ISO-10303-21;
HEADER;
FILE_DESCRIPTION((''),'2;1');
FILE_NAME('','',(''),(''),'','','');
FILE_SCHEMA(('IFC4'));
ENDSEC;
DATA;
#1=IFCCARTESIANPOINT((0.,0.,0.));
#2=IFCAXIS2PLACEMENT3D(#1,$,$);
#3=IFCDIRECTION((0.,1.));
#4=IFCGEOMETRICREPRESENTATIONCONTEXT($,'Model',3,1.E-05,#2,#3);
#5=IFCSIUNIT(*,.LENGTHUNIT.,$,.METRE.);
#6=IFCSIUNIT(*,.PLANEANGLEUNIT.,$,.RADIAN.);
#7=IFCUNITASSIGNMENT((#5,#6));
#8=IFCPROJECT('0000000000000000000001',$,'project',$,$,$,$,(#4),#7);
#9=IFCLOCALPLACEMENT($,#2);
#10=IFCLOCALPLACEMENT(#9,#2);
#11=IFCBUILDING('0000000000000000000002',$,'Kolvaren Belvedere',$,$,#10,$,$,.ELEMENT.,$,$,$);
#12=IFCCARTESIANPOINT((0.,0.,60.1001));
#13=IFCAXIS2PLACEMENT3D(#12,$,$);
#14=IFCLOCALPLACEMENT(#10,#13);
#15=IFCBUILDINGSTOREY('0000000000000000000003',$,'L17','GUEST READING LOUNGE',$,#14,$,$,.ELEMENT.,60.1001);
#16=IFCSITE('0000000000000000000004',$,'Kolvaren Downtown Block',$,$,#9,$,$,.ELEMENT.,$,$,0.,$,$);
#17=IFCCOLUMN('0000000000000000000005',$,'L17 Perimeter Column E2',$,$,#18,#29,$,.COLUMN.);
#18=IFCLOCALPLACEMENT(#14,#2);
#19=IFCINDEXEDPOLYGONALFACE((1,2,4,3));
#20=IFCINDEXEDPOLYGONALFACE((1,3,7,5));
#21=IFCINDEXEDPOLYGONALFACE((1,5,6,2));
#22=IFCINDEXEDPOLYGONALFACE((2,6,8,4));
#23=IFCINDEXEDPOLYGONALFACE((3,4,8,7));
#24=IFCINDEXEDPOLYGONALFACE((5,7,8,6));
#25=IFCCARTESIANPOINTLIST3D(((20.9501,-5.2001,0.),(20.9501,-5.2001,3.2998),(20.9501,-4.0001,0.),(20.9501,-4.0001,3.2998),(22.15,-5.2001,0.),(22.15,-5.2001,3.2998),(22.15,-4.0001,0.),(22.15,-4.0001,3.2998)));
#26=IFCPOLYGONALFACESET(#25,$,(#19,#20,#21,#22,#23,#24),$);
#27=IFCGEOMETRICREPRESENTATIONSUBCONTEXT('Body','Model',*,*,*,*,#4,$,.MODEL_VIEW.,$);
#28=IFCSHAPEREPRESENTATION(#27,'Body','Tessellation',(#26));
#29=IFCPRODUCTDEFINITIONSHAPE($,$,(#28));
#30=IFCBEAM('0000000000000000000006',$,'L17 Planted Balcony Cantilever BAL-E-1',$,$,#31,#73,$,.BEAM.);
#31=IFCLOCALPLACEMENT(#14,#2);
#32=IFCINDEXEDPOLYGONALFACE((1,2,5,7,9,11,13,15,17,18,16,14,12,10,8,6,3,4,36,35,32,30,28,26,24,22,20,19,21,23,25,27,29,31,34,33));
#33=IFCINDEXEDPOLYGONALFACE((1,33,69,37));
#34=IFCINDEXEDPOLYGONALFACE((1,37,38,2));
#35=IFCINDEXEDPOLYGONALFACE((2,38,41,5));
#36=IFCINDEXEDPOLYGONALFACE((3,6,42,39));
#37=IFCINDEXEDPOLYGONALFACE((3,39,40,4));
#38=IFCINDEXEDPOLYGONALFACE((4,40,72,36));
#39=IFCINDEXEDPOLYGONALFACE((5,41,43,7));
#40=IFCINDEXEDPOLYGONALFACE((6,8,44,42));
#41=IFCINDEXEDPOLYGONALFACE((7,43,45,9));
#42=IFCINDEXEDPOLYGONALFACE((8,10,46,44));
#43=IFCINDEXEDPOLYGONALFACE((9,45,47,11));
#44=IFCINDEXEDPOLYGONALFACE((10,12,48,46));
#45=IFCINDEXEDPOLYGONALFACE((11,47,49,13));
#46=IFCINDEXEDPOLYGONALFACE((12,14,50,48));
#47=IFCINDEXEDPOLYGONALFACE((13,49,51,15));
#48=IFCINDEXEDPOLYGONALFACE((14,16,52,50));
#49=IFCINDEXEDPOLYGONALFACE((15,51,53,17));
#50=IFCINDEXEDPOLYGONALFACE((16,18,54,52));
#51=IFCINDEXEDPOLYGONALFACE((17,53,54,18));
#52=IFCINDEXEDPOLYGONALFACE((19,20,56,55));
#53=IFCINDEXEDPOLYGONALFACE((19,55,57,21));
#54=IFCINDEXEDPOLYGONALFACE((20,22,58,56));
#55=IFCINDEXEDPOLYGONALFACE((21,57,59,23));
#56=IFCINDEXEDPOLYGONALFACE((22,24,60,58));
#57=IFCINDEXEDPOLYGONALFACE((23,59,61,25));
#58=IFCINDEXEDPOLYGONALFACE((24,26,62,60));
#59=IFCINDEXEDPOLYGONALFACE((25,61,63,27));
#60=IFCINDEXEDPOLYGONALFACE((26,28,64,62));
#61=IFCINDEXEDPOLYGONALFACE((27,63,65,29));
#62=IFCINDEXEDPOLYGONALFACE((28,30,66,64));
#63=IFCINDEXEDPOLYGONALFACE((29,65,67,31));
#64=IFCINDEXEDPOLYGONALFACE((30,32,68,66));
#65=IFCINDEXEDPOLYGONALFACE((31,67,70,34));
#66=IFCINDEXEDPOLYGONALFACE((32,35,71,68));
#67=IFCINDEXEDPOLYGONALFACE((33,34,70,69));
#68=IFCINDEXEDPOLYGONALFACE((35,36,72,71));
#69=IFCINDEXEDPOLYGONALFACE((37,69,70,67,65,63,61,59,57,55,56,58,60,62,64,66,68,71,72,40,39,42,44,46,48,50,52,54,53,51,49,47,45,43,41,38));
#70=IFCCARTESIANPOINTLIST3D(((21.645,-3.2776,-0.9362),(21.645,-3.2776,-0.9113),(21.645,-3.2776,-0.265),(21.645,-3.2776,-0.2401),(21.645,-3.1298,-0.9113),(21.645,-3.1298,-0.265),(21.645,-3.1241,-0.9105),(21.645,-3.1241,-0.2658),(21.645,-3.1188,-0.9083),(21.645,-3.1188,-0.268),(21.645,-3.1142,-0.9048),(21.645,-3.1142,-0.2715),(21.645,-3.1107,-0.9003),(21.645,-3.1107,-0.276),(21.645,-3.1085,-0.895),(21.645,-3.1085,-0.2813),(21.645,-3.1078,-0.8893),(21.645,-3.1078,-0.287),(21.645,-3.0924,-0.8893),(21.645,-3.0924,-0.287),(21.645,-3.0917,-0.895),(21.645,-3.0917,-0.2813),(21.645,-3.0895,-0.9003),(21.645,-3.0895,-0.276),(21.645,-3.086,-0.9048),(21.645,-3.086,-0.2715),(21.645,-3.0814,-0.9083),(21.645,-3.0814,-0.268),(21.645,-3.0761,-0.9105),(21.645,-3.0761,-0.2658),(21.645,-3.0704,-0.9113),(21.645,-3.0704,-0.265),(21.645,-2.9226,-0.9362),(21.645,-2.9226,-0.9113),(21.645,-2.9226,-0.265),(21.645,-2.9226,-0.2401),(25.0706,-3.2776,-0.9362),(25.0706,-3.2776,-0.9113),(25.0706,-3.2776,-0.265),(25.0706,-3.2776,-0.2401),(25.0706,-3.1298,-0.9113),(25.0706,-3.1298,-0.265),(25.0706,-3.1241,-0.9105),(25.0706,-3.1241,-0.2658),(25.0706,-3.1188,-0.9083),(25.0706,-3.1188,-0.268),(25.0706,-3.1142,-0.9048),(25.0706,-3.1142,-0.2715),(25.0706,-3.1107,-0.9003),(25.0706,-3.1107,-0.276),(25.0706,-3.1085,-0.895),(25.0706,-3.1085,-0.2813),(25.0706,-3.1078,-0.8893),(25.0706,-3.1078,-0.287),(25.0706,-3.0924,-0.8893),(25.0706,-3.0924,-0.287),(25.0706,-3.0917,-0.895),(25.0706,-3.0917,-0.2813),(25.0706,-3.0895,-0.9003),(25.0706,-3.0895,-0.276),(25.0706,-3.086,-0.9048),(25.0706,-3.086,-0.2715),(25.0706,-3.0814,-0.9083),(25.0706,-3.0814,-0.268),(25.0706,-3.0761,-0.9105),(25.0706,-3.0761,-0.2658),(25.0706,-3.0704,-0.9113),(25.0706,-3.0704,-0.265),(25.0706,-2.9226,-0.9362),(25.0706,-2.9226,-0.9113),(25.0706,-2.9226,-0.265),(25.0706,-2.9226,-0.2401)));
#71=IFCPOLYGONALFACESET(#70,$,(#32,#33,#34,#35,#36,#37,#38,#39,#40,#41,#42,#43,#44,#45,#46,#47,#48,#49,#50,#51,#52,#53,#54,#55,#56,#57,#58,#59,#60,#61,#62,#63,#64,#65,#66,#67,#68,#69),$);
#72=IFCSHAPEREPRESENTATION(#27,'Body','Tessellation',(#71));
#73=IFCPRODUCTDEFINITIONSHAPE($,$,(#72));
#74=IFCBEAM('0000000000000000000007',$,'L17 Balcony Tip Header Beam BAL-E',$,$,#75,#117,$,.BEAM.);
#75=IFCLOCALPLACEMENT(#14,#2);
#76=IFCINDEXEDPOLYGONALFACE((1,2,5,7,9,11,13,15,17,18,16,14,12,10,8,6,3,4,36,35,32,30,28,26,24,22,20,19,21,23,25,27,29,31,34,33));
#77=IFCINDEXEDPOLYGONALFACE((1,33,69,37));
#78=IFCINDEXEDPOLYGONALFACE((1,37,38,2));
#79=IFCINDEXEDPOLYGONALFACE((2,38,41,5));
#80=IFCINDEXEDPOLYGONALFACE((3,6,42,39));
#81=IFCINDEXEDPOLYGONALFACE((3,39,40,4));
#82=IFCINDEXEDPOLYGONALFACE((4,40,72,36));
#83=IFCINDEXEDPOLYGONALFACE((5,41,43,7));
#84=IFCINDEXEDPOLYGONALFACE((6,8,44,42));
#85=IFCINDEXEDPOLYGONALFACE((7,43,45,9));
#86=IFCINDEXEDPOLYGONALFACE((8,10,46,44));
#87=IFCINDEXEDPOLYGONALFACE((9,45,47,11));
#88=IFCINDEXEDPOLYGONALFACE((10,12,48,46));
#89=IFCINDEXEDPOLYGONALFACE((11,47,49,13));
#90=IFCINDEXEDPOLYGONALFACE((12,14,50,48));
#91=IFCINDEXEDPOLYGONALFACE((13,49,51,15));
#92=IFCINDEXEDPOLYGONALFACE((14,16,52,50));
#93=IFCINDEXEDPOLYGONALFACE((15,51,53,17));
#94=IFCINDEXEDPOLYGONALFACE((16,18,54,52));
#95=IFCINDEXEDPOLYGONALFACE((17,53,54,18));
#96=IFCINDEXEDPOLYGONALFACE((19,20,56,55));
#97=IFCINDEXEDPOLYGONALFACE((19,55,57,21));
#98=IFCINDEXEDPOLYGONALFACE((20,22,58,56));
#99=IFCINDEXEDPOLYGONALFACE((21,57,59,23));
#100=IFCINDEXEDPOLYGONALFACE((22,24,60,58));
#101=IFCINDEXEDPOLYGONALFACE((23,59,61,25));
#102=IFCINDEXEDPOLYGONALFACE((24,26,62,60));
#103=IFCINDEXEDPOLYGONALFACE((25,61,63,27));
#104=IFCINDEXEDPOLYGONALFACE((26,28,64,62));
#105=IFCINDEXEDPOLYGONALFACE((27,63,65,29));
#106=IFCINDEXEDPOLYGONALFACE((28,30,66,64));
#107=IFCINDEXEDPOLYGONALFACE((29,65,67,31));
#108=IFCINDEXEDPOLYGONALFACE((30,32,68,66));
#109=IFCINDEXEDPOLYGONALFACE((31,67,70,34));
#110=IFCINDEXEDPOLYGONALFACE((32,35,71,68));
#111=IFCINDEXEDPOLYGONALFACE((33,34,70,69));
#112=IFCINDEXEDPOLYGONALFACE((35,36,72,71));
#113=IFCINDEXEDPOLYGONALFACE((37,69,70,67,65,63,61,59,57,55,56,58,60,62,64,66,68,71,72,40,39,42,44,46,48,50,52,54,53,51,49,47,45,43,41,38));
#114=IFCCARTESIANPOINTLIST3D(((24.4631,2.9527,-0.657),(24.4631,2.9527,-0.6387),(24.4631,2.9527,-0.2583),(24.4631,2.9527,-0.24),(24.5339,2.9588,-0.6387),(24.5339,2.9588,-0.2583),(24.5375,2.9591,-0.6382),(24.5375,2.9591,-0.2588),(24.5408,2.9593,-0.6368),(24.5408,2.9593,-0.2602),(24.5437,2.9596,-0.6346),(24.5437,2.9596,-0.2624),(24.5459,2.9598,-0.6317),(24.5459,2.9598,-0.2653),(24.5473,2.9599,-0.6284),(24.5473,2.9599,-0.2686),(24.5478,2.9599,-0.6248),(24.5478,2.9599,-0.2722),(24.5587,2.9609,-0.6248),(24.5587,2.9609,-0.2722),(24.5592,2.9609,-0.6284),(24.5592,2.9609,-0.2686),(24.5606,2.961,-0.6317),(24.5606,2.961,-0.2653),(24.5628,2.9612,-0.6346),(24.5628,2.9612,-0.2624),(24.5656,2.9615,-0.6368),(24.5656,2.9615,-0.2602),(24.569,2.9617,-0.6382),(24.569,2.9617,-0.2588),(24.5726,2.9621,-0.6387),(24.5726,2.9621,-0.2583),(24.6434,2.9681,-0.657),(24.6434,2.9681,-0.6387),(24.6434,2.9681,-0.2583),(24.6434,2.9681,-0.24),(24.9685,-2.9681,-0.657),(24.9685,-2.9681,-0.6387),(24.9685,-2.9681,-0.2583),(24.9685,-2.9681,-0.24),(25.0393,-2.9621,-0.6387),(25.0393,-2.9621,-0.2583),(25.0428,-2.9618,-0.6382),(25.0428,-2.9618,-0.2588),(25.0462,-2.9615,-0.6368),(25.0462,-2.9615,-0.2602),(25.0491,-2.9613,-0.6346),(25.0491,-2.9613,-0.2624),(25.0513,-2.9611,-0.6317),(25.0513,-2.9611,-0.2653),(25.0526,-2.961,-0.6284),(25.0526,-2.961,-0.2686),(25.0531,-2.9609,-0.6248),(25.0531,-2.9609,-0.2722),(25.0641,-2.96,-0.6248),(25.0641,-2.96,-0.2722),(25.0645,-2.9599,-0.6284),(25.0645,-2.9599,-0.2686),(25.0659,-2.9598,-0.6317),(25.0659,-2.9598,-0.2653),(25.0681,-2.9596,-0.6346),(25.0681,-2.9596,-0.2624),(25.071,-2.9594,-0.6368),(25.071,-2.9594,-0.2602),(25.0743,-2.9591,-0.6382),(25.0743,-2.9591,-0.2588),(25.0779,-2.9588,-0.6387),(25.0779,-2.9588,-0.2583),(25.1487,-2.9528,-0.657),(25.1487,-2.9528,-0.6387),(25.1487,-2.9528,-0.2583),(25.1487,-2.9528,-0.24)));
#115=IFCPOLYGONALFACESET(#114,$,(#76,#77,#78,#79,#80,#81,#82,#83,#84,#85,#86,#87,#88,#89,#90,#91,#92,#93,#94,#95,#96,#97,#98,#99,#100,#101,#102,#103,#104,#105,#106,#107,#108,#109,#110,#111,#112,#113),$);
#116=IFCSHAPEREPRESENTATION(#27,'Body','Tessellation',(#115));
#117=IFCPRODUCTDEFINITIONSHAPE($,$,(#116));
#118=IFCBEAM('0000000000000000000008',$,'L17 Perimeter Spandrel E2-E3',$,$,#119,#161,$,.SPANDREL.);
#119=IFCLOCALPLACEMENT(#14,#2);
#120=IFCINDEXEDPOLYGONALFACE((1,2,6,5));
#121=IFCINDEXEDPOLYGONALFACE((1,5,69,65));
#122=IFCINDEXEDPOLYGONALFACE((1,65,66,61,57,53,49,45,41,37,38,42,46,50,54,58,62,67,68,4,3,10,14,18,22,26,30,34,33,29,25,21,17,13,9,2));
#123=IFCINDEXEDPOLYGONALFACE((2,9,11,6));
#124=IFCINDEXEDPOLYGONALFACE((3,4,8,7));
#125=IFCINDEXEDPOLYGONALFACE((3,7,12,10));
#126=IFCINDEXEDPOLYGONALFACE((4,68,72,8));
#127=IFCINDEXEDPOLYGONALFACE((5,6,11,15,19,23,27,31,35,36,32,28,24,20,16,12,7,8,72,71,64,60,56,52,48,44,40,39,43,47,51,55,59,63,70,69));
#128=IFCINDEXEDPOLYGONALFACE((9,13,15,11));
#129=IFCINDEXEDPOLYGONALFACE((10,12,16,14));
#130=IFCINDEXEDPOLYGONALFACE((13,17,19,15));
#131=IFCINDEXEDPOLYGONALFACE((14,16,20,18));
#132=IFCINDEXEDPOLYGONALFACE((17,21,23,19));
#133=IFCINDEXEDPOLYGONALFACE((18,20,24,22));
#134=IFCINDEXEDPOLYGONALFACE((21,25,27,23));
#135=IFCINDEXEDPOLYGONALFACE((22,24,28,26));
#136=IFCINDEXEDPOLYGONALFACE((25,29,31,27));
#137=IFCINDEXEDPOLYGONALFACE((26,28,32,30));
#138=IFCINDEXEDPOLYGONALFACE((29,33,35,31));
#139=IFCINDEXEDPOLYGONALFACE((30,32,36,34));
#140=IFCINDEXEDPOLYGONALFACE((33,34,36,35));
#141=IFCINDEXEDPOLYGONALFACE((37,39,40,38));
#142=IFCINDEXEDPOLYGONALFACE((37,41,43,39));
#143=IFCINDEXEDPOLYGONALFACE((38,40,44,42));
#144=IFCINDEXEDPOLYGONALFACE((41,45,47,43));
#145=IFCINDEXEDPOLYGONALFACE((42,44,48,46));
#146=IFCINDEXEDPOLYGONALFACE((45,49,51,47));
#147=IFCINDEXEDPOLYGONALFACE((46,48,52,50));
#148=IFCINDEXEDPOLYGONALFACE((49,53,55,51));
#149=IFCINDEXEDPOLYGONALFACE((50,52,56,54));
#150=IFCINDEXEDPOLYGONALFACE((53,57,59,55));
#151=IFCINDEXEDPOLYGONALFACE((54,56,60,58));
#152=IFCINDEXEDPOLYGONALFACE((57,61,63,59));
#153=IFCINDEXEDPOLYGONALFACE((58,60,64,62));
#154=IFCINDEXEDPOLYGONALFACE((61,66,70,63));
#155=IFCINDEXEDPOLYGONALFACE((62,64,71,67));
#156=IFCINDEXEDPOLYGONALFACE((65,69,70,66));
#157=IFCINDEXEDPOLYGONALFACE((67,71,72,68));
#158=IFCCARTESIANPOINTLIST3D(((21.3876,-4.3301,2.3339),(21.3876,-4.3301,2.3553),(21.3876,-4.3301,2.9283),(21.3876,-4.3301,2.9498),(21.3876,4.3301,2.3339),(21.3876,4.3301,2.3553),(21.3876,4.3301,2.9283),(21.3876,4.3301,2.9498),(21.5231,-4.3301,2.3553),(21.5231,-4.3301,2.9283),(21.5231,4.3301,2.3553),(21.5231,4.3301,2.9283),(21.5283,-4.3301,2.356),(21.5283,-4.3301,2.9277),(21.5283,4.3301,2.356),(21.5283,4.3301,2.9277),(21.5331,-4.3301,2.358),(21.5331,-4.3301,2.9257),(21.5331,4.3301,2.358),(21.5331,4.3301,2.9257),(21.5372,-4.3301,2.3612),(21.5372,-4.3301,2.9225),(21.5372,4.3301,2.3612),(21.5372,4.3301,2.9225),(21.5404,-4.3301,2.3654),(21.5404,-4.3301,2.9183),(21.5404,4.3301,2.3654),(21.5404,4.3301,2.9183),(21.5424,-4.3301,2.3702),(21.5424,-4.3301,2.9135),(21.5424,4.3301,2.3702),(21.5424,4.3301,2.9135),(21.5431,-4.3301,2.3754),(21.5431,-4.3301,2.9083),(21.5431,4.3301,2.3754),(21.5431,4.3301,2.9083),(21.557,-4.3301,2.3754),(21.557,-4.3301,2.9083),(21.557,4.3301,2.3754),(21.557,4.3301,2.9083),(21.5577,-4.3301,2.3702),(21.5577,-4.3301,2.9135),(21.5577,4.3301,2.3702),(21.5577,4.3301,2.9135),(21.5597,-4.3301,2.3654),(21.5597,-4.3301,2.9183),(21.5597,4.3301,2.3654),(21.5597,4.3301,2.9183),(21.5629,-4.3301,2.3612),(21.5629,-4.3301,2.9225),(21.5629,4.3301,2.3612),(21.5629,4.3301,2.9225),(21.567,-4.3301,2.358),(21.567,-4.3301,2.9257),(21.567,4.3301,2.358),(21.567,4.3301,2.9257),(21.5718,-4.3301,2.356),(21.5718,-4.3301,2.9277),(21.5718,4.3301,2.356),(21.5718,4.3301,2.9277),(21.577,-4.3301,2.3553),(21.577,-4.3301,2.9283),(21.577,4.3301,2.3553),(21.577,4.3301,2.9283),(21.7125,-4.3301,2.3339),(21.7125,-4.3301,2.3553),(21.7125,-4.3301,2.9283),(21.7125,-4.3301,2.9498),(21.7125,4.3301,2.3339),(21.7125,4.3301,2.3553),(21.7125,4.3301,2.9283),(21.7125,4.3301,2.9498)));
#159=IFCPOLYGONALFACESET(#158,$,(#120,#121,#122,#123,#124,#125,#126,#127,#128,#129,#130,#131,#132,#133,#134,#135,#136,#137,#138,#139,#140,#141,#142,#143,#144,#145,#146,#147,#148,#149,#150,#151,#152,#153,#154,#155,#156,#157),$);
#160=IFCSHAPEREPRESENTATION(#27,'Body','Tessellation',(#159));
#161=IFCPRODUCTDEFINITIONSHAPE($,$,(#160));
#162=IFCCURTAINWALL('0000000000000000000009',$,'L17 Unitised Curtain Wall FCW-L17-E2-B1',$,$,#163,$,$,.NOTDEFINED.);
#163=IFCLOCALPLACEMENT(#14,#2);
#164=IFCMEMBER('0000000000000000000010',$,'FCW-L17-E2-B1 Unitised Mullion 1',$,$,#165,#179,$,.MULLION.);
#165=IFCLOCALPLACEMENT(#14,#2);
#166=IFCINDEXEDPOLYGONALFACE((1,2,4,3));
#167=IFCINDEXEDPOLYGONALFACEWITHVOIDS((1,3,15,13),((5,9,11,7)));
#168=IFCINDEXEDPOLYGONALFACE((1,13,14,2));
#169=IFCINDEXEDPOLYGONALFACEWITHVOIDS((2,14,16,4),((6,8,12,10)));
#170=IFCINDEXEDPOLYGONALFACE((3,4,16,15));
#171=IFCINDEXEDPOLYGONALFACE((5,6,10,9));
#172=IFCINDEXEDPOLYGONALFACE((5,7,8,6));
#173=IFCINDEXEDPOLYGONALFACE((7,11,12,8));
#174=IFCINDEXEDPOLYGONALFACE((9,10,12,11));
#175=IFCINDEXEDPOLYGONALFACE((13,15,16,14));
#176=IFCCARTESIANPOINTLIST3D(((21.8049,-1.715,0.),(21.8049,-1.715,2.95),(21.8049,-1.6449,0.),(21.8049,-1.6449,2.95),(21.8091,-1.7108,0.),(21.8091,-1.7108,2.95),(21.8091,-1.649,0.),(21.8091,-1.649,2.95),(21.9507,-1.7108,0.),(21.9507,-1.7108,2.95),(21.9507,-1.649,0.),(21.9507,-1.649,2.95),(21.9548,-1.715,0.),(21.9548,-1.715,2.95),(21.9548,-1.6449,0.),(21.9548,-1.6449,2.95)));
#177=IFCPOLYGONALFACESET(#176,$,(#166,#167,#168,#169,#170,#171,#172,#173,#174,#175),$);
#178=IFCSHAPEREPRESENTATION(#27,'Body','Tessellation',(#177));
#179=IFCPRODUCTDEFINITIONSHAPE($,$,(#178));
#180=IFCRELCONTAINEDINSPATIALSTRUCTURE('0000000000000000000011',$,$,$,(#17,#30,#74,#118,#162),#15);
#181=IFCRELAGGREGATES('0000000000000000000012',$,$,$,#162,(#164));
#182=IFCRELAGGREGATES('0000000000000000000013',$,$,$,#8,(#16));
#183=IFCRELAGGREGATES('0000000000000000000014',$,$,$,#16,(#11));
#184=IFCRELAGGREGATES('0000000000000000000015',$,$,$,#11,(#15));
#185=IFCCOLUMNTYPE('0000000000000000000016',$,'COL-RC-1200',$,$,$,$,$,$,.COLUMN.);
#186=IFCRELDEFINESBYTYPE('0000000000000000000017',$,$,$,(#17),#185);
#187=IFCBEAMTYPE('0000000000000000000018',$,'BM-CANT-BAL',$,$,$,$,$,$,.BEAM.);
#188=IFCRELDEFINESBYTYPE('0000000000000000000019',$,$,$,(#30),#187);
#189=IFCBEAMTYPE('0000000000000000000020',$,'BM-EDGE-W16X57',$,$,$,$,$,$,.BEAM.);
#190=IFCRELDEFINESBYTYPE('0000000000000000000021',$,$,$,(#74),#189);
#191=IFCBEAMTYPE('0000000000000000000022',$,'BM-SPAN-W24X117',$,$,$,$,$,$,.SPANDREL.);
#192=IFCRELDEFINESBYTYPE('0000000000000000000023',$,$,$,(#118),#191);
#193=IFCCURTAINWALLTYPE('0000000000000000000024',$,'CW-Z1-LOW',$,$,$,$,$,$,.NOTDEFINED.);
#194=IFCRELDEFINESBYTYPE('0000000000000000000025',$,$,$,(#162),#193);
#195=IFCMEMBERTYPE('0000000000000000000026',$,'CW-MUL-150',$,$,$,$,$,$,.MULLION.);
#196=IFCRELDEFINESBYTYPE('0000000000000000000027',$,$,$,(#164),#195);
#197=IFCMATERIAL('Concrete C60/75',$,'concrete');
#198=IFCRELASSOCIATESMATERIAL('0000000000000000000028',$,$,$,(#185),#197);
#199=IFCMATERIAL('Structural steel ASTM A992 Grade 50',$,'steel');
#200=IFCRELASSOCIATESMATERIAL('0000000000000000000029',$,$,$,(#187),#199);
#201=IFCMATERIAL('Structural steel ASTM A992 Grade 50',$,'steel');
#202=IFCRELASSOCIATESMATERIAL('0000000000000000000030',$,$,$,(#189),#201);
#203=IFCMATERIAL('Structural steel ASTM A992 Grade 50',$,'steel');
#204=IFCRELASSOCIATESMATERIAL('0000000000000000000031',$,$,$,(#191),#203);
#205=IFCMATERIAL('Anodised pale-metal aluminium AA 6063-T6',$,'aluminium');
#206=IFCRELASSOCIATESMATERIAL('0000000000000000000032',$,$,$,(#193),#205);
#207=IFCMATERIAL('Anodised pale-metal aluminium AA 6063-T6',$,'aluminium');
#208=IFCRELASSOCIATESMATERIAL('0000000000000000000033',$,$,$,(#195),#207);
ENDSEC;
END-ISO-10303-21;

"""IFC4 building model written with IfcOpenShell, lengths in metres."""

from ifc_helpers import new_model, si_unit, direction, frame, origin, origin_2d, place, context, subcontext, project, spatial, rectangle, hollow_rectangle, i_section, extrude, material, material_profile, profile_set, type_object, element, aggregate, save


model = new_model("IFC4")

# Units and contexts
model_context = context("Model", 3, precision=1e-05, world=origin(), true_north=direction((0.0, 1.0)))
body_context = subcontext(model_context, "Body", "Model", "MODEL_VIEW")
ifc_project = project(units=[si_unit("LENGTHUNIT", "METRE"), si_unit("PLANEANGLEUNIT", "RADIAN")], contexts=[model_context])

# Site, building, storey
site_placement = place(None, origin())
site = spatial("IfcSite", under=ifc_project, at=site_placement, Name="Kolvaren Downtown Block", CompositionType="ELEMENT", RefElevation=0.0)
building_placement = place(site_placement, origin())
building = spatial("IfcBuilding", under=site, at=building_placement, Name="Kolvaren Belvedere", CompositionType="ELEMENT")
storey_placement = place(building_placement, frame((0.0, 0.0, 60.1001)))
storey = spatial("IfcBuildingStorey", under=building, at=storey_placement, Name="L17", Description="GUEST READING LOUNGE", CompositionType="ELEMENT", Elevation=60.1001)

# Column
ifc_material_1 = material(Name="Concrete C60/75", Category="concrete")
ifc_material_profile_1 = material_profile(ifc_material_1, rectangle(XDim=1.2, YDim=1.2, at=origin_2d()), Name="RC 1200X1200")
ifc_profile_set_1 = profile_set([ifc_material_profile_1], Name="Concrete C60/75")
column_type = type_object("IfcColumnType", Name="COL-RC-1200", PredefinedType="COLUMN", material=ifc_profile_set_1)
column_placement = place(storey_placement, frame((21.55, -4.6001, 0.0), z_axis=(0.0, 0.0, 1.0), x_axis=(1.0, 0.0, 0.0)))
element("IfcColumn", 1, at=column_placement, inside=storey, type_object=column_type, Name="L17 Perimeter Column E2", PredefinedType="COLUMN", context=body_context, shape_type="SweptSolid", body=[
    extrude(rectangle(XDim=1.2, YDim=1.2, at=origin_2d()), origin(), (0.0, 0.0, 1.0), 3.2998),
])

# Beams
ifc_material_2 = material(Name="Structural steel ASTM A992 Grade 50", Category="steel")
ifc_material_profile_2 = material_profile(ifc_material_2, i_section(OverallWidth=0.355, OverallDepth=0.696, WebThickness=0.0154, FlangeThickness=0.0249, FilletRadius=0.022, at=origin_2d()), Name="W27X146")
ifc_profile_set_2 = profile_set([ifc_material_profile_2], Name="Structural steel ASTM A992 Grade 50")
beam_type_1 = type_object("IfcBeamType", Name="BM-CANT-BAL", PredefinedType="BEAM", material=ifc_profile_set_2)
beam_1_placement = place(storey_placement, frame((21.645, -3.1001, -0.5881), z_axis=(1.0, 0.0, 0.0), x_axis=(0.0, 1.0, 0.0)))
element("IfcBeam", 2, at=beam_1_placement, inside=storey, type_object=beam_type_1, Name="L17 Planted Balcony Cantilever BAL-E-1", PredefinedType="BEAM", context=body_context, shape_type="SweptSolid", body=[
    extrude(i_section(OverallWidth=0.355, OverallDepth=0.696, WebThickness=0.0154, FlangeThickness=0.0249, FilletRadius=0.022, at=origin_2d()), origin(), (0.0, 0.0, 1.0), 3.4255),
])
ifc_material_3 = material(Name="Structural steel ASTM A992 Grade 50", Category="steel")
ifc_material_profile_3 = material_profile(ifc_material_3, i_section(OverallWidth=0.1809, OverallDepth=0.417, WebThickness=0.011, FlangeThickness=0.0183, FilletRadius=0.0139, at=origin_2d()), Name="W16X57")
ifc_profile_set_3 = profile_set([ifc_material_profile_3], Name="Structural steel ASTM A992 Grade 50")
beam_type_2 = type_object("IfcBeamType", Name="BM-EDGE-W16X57", PredefinedType="BEAM", material=ifc_profile_set_3)
beam_2_placement = place(storey_placement, frame((25.0586, -2.9604, -0.4485), z_axis=(-0.085045, 0.996377, 0.0), x_axis=(-0.996377, -0.085045, 0.0)))
element("IfcBeam", 3, at=beam_2_placement, inside=storey, type_object=beam_type_2, Name="L17 Balcony Tip Header Beam BAL-E", PredefinedType="BEAM", context=body_context, shape_type="SweptSolid", body=[
    extrude(i_section(OverallWidth=0.1809, OverallDepth=0.417, WebThickness=0.011, FlangeThickness=0.0183, FilletRadius=0.0139, at=origin_2d()), origin(), (0.0, 0.0, 1.0), 5.9424),
])
ifc_material_4 = material(Name="Structural steel ASTM A992 Grade 50", Category="steel")
ifc_material_profile_4 = material_profile(ifc_material_4, i_section(OverallWidth=0.325, OverallDepth=0.616, WebThickness=0.0139, FlangeThickness=0.0215, FilletRadius=0.02, at=origin_2d()), Name="W24X117")
ifc_profile_set_4 = profile_set([ifc_material_profile_4], Name="Structural steel ASTM A992 Grade 50")
beam_type_3 = type_object("IfcBeamType", Name="BM-SPAN-W24X117", PredefinedType="SPANDREL", material=ifc_profile_set_4)
beam_3_placement = place(storey_placement, frame((21.55, -4.3301, 2.6418), z_axis=(0.0, 1.0, 0.0), x_axis=(-1.0, 0.0, 0.0)))
element("IfcBeam", 4, at=beam_3_placement, inside=storey, type_object=beam_type_3, Name="L17 Perimeter Spandrel E2-E3", PredefinedType="SPANDREL", context=body_context, shape_type="SweptSolid", body=[
    extrude(i_section(OverallWidth=0.325, OverallDepth=0.616, WebThickness=0.0139, FlangeThickness=0.0215, FilletRadius=0.02, at=origin_2d()), origin(), (0.0, 0.0, 1.0), 8.6602),
])

# Curtain wall, member
ifc_material_5 = material(Name="Anodised pale-metal aluminium AA 6063-T6", Category="aluminium")
curtain_wall_type = type_object("IfcCurtainWallType", Name="CW-Z1-LOW", PredefinedType="NOTDEFINED", material=ifc_material_5)
curtain_wall_1_placement = place(storey_placement, origin())
curtain_wall_1 = element("IfcCurtainWall", 5, at=curtain_wall_1_placement, inside=storey, type_object=curtain_wall_type, Name="L17 Unitised Curtain Wall FCW-L17-E2-B1", PredefinedType="NOTDEFINED")
ifc_material_6 = material(Name="Anodised pale-metal aluminium AA 6063-T6", Category="aluminium")
ifc_material_profile_5 = material_profile(ifc_material_6, hollow_rectangle(XDim=0.0701, YDim=0.1499, WallThickness=0.0042, at=origin_2d()), Name="ALU-MUL-150X70")
ifc_profile_set_5 = profile_set([ifc_material_profile_5], Name="Anodised pale-metal aluminium AA 6063-T6")
member_type_1 = type_object("IfcMemberType", Name="CW-MUL-150", PredefinedType="MULLION", material=ifc_profile_set_5)
member_1_placement = place(storey_placement, frame((21.8799, -1.6799, 0.0), z_axis=(0.0, 0.0, 1.0), x_axis=(0.0, 1.0, 0.0)))
member_1 = element("IfcMember", 6, at=member_1_placement, type_object=member_type_1, Name="FCW-L17-E2-B1 Unitised Mullion 1", PredefinedType="MULLION", context=body_context, shape_type="SweptSolid", body=[
    extrude(hollow_rectangle(XDim=0.0701, YDim=0.1499, WallThickness=0.0042, at=origin_2d()), origin(), (0.0, 0.0, 1.0), 2.95),
])

aggregate(curtain_wall_1, [member_1])

save(model, "model.ifc")
